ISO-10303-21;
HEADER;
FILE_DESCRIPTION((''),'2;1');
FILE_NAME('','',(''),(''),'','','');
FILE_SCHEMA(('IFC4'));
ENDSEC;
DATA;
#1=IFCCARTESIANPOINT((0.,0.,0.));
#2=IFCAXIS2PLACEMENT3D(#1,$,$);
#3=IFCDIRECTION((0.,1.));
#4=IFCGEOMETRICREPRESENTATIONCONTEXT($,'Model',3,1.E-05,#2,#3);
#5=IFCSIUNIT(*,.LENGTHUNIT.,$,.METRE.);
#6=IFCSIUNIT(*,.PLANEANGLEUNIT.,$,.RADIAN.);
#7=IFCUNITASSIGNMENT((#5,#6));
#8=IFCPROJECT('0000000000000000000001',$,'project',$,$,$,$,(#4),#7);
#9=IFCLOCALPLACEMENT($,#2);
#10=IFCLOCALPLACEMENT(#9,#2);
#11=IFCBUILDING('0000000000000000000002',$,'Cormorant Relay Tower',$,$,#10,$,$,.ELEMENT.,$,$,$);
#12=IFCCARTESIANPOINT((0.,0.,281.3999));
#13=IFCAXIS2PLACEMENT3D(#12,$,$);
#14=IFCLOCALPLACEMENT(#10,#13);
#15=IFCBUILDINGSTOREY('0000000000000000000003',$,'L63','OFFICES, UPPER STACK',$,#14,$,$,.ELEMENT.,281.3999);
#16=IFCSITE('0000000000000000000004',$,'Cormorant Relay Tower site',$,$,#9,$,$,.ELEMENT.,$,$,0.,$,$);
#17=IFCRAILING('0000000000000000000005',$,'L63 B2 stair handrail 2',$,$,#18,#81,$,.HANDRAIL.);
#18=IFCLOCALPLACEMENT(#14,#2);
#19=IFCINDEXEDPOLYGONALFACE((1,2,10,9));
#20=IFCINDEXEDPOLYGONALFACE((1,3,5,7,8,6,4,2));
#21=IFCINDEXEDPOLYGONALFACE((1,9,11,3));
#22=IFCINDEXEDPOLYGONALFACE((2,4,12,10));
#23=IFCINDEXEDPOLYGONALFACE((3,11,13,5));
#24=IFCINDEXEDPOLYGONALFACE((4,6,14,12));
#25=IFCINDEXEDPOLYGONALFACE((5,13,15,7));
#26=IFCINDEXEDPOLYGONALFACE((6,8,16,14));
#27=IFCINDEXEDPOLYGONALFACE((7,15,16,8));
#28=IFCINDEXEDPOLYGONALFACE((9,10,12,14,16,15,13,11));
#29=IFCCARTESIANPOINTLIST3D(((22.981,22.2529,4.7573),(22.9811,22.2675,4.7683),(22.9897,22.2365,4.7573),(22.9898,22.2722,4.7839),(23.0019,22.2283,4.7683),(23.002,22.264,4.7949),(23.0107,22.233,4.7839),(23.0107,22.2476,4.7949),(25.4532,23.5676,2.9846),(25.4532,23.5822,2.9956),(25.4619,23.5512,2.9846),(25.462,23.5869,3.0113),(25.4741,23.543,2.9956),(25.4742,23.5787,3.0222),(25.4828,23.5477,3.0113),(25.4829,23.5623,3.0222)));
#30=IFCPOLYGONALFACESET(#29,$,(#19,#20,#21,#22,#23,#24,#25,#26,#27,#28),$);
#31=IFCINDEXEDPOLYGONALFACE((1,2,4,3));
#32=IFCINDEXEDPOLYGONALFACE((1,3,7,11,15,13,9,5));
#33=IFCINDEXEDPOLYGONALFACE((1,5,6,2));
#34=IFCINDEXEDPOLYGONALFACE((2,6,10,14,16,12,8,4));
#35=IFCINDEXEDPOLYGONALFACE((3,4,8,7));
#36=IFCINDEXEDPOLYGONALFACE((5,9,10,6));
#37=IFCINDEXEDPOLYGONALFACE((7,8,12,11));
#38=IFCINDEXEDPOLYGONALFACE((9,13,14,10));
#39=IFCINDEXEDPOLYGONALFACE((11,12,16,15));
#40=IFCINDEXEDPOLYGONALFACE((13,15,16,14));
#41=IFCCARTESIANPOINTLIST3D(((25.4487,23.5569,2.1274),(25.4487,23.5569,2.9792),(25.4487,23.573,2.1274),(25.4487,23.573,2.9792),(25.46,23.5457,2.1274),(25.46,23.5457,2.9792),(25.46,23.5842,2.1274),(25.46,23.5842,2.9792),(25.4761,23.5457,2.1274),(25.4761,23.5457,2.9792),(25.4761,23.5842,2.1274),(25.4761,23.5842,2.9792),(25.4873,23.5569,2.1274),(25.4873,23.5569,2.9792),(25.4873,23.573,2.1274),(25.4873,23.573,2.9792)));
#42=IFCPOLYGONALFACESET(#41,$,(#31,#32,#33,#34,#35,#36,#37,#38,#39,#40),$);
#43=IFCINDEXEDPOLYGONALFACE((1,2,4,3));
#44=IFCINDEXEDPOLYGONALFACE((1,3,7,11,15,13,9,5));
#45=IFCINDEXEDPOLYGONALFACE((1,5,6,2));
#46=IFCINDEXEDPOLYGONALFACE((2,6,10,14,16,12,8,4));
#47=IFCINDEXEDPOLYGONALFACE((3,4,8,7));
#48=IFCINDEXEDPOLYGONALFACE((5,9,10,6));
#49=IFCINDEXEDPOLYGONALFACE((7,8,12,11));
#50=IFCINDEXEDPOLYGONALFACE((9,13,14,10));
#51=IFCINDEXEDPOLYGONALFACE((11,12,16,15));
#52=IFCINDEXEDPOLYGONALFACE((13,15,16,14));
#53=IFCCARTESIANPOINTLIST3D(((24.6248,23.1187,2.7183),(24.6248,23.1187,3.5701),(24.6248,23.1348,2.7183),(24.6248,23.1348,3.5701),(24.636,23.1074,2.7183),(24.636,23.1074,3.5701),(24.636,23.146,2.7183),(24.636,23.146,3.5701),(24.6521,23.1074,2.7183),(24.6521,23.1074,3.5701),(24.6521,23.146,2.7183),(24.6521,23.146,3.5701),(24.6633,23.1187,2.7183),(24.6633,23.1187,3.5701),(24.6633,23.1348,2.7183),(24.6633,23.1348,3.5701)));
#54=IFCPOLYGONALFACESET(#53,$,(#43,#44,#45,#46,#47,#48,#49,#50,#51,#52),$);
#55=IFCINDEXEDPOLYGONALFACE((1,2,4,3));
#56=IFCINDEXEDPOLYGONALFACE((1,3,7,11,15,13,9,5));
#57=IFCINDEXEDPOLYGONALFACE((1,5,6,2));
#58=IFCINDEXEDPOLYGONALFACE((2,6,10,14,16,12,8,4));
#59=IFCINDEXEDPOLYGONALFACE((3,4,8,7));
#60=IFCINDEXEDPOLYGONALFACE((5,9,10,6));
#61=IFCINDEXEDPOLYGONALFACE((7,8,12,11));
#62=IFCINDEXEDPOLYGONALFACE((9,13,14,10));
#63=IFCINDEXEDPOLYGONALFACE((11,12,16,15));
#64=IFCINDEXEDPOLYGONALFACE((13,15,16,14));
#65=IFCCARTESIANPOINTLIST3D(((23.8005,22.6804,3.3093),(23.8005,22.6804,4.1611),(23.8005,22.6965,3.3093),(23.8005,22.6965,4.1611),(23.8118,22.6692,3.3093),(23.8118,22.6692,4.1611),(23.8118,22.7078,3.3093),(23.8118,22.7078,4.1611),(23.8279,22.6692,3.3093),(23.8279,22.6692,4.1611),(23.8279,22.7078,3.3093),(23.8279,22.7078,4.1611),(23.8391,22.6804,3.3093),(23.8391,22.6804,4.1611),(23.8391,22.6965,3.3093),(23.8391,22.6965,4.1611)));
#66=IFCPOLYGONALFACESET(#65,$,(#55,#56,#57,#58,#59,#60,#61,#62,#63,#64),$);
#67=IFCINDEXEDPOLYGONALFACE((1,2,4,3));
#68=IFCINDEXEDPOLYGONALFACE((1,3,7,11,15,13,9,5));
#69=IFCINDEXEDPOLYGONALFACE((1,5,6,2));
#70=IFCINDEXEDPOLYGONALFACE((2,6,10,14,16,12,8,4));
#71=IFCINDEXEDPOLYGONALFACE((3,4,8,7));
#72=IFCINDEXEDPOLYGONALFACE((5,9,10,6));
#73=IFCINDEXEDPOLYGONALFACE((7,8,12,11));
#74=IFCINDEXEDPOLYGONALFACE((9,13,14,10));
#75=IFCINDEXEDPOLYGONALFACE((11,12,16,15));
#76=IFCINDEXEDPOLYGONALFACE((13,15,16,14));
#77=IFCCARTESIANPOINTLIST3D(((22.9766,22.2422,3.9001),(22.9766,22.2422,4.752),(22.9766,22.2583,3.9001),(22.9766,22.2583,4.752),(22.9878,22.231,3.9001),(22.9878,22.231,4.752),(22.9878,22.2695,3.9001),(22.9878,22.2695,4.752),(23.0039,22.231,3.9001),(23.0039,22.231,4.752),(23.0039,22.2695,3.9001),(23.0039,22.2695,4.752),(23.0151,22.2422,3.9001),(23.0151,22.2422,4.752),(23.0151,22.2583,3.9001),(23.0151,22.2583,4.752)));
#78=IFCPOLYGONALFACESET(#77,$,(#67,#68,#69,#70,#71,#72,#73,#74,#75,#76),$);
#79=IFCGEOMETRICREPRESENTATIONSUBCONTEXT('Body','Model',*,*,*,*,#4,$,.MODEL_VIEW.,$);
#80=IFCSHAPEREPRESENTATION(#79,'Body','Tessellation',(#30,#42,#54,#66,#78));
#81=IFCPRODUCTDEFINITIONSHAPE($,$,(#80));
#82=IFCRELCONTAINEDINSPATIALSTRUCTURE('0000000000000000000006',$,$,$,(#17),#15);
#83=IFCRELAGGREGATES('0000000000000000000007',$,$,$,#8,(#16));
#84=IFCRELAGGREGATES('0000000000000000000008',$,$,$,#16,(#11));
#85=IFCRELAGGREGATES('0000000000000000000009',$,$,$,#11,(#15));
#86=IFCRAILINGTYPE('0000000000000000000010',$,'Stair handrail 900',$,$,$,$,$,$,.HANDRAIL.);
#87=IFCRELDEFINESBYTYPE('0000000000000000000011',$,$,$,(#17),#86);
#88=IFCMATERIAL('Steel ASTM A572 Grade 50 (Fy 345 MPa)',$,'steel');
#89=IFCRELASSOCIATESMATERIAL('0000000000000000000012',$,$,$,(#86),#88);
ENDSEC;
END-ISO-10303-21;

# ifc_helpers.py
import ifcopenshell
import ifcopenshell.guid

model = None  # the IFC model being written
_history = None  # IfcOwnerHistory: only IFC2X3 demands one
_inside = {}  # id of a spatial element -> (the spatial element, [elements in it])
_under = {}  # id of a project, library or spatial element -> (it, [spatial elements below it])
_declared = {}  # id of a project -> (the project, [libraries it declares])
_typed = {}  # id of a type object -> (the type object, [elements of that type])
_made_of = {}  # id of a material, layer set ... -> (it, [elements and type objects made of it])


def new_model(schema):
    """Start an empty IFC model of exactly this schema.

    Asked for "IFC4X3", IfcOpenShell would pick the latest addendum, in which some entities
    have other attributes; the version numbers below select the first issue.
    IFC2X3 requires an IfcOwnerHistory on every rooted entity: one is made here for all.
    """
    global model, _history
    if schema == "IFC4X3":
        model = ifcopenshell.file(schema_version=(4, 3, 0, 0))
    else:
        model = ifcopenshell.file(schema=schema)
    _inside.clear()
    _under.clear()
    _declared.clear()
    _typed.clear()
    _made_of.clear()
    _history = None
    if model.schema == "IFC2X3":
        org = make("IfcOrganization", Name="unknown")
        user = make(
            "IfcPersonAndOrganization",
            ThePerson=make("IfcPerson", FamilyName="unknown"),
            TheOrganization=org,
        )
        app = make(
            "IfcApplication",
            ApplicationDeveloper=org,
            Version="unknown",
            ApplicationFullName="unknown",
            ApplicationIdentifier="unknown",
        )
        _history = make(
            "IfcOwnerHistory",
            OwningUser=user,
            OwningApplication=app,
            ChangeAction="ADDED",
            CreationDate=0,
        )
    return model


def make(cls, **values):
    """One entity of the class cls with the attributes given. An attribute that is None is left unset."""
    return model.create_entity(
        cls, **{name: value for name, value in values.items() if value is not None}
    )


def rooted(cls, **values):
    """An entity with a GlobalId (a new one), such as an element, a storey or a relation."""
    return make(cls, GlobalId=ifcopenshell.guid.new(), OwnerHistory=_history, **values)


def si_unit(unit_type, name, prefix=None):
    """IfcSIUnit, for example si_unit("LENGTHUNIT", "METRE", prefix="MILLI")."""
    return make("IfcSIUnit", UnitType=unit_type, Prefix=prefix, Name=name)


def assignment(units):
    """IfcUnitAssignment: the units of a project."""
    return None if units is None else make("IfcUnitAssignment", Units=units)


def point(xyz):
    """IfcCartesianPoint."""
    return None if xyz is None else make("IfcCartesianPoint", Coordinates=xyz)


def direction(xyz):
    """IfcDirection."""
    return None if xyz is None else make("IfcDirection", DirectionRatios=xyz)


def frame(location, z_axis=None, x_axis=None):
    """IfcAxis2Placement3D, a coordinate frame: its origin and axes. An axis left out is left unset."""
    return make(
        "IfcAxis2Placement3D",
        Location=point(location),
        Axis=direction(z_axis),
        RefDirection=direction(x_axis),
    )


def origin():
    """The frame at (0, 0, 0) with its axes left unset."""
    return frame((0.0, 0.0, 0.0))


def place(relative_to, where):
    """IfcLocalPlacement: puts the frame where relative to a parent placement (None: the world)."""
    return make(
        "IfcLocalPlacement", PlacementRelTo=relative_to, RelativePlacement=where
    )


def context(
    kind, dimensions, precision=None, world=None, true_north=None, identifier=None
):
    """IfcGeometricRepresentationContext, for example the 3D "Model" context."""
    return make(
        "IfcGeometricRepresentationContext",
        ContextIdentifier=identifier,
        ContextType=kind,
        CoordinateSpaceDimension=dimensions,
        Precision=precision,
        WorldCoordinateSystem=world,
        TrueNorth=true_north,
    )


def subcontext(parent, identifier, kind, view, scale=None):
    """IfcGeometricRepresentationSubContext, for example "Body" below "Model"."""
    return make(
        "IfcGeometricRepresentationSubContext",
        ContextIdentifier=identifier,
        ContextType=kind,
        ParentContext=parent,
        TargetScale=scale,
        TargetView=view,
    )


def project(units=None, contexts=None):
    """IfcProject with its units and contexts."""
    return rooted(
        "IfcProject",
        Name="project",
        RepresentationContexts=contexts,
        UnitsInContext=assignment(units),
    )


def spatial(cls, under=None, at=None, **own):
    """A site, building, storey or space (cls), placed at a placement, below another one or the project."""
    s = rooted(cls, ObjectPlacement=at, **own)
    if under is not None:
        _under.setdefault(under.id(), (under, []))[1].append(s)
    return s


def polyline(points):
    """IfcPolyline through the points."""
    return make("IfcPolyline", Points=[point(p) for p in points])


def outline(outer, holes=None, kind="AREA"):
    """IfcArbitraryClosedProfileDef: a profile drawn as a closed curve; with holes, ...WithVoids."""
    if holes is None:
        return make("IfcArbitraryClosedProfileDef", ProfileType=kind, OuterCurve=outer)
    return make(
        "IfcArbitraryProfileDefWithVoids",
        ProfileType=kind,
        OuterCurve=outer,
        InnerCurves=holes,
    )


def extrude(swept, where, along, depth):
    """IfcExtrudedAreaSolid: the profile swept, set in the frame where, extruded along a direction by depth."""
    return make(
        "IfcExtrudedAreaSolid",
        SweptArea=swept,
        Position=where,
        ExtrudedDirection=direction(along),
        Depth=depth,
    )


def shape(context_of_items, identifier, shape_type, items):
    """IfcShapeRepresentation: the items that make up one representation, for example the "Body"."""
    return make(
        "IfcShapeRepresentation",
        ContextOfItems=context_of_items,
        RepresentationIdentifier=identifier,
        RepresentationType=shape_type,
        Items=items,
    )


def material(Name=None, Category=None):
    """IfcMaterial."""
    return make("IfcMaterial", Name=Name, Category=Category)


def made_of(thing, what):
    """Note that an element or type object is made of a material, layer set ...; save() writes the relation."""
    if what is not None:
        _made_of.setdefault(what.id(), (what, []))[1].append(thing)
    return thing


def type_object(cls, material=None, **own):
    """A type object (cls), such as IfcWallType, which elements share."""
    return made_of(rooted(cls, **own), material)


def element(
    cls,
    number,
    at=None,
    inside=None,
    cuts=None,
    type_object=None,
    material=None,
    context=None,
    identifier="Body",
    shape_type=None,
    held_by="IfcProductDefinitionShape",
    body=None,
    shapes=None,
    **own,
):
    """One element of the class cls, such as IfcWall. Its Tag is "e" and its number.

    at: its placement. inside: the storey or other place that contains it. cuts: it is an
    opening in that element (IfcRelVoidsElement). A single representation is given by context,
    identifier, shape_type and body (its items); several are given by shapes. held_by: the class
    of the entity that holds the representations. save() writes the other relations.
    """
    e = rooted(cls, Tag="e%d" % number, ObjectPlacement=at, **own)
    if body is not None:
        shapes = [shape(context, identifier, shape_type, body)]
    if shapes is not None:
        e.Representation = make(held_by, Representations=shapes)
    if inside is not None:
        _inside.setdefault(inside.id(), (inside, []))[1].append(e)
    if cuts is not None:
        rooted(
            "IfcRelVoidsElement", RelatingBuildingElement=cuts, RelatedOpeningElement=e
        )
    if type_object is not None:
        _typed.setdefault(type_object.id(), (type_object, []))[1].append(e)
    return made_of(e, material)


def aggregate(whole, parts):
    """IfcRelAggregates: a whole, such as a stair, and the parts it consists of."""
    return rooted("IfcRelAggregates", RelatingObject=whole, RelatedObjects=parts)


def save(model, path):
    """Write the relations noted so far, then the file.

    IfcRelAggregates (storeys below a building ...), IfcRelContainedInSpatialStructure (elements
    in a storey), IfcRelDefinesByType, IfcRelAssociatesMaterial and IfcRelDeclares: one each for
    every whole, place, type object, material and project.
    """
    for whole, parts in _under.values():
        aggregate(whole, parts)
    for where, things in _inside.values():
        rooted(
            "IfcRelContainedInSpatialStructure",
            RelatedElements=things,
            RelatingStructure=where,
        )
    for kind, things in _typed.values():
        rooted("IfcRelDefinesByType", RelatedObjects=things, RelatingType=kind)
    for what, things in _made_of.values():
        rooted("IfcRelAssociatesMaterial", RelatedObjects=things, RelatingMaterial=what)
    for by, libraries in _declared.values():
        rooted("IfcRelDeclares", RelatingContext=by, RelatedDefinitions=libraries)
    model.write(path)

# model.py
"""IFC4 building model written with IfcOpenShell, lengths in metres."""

from ifc_helpers import new_model, si_unit, direction, frame, origin, place, context, subcontext, project, spatial, polyline, outline, extrude, material, type_object, element, save


model = new_model("IFC4")

# Units and contexts
model_context = context("Model", 3, precision=1e-05, world=origin(), true_north=direction((0.0, 1.0)))
body_context = subcontext(model_context, "Body", "Model", "MODEL_VIEW")
ifc_project = project(units=[si_unit("LENGTHUNIT", "METRE"), si_unit("PLANEANGLEUNIT", "RADIAN")], contexts=[model_context])

# Site, building, storey
site_placement = place(None, origin())
site = spatial("IfcSite", under=ifc_project, at=site_placement, Name="Cormorant Relay Tower site", CompositionType="ELEMENT", RefElevation=0.0)
building_placement = place(site_placement, origin())
building = spatial("IfcBuilding", under=site, at=building_placement, Name="Cormorant Relay Tower", CompositionType="ELEMENT")
storey_placement = place(building_placement, frame((0.0, 0.0, 281.3999)))
storey = spatial("IfcBuildingStorey", under=building, at=storey_placement, Name="L63", Description="OFFICES, UPPER STACK", CompositionType="ELEMENT", Elevation=281.3999)

# Railing
ifc_material_1 = material(Name="Steel ASTM A572 Grade 50 (Fy 345 MPa)", Category="steel")
railing_type_1 = type_object("IfcRailingType", Name="Stair handrail 900", PredefinedType="HANDRAIL", material=ifc_material_1)
railing_1_placement = place(storey_placement, frame((25.468, 23.5649, 2.1274)))
element("IfcRailing", 1, at=railing_1_placement, inside=storey, type_object=railing_type_1, Name="L63 B2 stair handrail 2", PredefinedType="HANDRAIL", context=body_context, shape_type="SweptSolid", body=[
    extrude(outline(polyline([(0.0222, 0.0093), (0.0093, 0.0222), (-0.0093, 0.0222), (-0.0222, 0.0093), (-0.0222, -0.0093), (-0.0093, -0.0222), (0.0093, -0.0222), (0.0222, -0.0093), (0.0222, 0.0093)])), frame((0.0, 0.0, 0.876), z_axis=(-0.745979, -0.396711, 0.534916), x_axis=(0.469533, -0.882915, 0.0)), (0.0, 0.0, 1.0), 3.314),
    extrude(outline(polyline([(0.0193, 0.0081), (0.0081, 0.0193), (-0.0081, 0.0193), (-0.0193, 0.0081), (-0.0193, -0.0081), (-0.0081, -0.0193), (0.0081, -0.0193), (0.0193, -0.0081), (0.0193, 0.0081)])), origin(), (0.0, 0.0, 1.0), 0.8518),
    extrude(outline(polyline([(0.0193, 0.0081), (0.0081, 0.0193), (-0.0081, 0.0193), (-0.0193, 0.0081), (-0.0193, -0.0081), (-0.0081, -0.0193), (0.0081, -0.0193), (0.0193, -0.0081), (0.0193, 0.0081)])), frame((-0.824, -0.4382, 0.5908)), (0.0, 0.0, 1.0), 0.8518),
    extrude(outline(polyline([(0.0193, 0.0081), (0.0081, 0.0193), (-0.0081, 0.0193), (-0.0193, 0.0081), (-0.0193, -0.0081), (-0.0081, -0.0193), (0.0081, -0.0193), (0.0193, -0.0081), (0.0193, 0.0081)])), frame((-1.6482, -0.8765, 1.1819)), (0.0, 0.0, 1.0), 0.8518),
    extrude(outline(polyline([(0.0193, 0.0081), (0.0081, 0.0193), (-0.0081, 0.0193), (-0.0193, 0.0081), (-0.0193, -0.0081), (-0.0081, -0.0193), (0.0081, -0.0193), (0.0193, -0.0081), (0.0193, 0.0081)])), frame((-2.4722, -1.3147, 1.7727)), (0.0, 0.0, 1.0), 0.8518),
])

save(model, "model.ifc")
